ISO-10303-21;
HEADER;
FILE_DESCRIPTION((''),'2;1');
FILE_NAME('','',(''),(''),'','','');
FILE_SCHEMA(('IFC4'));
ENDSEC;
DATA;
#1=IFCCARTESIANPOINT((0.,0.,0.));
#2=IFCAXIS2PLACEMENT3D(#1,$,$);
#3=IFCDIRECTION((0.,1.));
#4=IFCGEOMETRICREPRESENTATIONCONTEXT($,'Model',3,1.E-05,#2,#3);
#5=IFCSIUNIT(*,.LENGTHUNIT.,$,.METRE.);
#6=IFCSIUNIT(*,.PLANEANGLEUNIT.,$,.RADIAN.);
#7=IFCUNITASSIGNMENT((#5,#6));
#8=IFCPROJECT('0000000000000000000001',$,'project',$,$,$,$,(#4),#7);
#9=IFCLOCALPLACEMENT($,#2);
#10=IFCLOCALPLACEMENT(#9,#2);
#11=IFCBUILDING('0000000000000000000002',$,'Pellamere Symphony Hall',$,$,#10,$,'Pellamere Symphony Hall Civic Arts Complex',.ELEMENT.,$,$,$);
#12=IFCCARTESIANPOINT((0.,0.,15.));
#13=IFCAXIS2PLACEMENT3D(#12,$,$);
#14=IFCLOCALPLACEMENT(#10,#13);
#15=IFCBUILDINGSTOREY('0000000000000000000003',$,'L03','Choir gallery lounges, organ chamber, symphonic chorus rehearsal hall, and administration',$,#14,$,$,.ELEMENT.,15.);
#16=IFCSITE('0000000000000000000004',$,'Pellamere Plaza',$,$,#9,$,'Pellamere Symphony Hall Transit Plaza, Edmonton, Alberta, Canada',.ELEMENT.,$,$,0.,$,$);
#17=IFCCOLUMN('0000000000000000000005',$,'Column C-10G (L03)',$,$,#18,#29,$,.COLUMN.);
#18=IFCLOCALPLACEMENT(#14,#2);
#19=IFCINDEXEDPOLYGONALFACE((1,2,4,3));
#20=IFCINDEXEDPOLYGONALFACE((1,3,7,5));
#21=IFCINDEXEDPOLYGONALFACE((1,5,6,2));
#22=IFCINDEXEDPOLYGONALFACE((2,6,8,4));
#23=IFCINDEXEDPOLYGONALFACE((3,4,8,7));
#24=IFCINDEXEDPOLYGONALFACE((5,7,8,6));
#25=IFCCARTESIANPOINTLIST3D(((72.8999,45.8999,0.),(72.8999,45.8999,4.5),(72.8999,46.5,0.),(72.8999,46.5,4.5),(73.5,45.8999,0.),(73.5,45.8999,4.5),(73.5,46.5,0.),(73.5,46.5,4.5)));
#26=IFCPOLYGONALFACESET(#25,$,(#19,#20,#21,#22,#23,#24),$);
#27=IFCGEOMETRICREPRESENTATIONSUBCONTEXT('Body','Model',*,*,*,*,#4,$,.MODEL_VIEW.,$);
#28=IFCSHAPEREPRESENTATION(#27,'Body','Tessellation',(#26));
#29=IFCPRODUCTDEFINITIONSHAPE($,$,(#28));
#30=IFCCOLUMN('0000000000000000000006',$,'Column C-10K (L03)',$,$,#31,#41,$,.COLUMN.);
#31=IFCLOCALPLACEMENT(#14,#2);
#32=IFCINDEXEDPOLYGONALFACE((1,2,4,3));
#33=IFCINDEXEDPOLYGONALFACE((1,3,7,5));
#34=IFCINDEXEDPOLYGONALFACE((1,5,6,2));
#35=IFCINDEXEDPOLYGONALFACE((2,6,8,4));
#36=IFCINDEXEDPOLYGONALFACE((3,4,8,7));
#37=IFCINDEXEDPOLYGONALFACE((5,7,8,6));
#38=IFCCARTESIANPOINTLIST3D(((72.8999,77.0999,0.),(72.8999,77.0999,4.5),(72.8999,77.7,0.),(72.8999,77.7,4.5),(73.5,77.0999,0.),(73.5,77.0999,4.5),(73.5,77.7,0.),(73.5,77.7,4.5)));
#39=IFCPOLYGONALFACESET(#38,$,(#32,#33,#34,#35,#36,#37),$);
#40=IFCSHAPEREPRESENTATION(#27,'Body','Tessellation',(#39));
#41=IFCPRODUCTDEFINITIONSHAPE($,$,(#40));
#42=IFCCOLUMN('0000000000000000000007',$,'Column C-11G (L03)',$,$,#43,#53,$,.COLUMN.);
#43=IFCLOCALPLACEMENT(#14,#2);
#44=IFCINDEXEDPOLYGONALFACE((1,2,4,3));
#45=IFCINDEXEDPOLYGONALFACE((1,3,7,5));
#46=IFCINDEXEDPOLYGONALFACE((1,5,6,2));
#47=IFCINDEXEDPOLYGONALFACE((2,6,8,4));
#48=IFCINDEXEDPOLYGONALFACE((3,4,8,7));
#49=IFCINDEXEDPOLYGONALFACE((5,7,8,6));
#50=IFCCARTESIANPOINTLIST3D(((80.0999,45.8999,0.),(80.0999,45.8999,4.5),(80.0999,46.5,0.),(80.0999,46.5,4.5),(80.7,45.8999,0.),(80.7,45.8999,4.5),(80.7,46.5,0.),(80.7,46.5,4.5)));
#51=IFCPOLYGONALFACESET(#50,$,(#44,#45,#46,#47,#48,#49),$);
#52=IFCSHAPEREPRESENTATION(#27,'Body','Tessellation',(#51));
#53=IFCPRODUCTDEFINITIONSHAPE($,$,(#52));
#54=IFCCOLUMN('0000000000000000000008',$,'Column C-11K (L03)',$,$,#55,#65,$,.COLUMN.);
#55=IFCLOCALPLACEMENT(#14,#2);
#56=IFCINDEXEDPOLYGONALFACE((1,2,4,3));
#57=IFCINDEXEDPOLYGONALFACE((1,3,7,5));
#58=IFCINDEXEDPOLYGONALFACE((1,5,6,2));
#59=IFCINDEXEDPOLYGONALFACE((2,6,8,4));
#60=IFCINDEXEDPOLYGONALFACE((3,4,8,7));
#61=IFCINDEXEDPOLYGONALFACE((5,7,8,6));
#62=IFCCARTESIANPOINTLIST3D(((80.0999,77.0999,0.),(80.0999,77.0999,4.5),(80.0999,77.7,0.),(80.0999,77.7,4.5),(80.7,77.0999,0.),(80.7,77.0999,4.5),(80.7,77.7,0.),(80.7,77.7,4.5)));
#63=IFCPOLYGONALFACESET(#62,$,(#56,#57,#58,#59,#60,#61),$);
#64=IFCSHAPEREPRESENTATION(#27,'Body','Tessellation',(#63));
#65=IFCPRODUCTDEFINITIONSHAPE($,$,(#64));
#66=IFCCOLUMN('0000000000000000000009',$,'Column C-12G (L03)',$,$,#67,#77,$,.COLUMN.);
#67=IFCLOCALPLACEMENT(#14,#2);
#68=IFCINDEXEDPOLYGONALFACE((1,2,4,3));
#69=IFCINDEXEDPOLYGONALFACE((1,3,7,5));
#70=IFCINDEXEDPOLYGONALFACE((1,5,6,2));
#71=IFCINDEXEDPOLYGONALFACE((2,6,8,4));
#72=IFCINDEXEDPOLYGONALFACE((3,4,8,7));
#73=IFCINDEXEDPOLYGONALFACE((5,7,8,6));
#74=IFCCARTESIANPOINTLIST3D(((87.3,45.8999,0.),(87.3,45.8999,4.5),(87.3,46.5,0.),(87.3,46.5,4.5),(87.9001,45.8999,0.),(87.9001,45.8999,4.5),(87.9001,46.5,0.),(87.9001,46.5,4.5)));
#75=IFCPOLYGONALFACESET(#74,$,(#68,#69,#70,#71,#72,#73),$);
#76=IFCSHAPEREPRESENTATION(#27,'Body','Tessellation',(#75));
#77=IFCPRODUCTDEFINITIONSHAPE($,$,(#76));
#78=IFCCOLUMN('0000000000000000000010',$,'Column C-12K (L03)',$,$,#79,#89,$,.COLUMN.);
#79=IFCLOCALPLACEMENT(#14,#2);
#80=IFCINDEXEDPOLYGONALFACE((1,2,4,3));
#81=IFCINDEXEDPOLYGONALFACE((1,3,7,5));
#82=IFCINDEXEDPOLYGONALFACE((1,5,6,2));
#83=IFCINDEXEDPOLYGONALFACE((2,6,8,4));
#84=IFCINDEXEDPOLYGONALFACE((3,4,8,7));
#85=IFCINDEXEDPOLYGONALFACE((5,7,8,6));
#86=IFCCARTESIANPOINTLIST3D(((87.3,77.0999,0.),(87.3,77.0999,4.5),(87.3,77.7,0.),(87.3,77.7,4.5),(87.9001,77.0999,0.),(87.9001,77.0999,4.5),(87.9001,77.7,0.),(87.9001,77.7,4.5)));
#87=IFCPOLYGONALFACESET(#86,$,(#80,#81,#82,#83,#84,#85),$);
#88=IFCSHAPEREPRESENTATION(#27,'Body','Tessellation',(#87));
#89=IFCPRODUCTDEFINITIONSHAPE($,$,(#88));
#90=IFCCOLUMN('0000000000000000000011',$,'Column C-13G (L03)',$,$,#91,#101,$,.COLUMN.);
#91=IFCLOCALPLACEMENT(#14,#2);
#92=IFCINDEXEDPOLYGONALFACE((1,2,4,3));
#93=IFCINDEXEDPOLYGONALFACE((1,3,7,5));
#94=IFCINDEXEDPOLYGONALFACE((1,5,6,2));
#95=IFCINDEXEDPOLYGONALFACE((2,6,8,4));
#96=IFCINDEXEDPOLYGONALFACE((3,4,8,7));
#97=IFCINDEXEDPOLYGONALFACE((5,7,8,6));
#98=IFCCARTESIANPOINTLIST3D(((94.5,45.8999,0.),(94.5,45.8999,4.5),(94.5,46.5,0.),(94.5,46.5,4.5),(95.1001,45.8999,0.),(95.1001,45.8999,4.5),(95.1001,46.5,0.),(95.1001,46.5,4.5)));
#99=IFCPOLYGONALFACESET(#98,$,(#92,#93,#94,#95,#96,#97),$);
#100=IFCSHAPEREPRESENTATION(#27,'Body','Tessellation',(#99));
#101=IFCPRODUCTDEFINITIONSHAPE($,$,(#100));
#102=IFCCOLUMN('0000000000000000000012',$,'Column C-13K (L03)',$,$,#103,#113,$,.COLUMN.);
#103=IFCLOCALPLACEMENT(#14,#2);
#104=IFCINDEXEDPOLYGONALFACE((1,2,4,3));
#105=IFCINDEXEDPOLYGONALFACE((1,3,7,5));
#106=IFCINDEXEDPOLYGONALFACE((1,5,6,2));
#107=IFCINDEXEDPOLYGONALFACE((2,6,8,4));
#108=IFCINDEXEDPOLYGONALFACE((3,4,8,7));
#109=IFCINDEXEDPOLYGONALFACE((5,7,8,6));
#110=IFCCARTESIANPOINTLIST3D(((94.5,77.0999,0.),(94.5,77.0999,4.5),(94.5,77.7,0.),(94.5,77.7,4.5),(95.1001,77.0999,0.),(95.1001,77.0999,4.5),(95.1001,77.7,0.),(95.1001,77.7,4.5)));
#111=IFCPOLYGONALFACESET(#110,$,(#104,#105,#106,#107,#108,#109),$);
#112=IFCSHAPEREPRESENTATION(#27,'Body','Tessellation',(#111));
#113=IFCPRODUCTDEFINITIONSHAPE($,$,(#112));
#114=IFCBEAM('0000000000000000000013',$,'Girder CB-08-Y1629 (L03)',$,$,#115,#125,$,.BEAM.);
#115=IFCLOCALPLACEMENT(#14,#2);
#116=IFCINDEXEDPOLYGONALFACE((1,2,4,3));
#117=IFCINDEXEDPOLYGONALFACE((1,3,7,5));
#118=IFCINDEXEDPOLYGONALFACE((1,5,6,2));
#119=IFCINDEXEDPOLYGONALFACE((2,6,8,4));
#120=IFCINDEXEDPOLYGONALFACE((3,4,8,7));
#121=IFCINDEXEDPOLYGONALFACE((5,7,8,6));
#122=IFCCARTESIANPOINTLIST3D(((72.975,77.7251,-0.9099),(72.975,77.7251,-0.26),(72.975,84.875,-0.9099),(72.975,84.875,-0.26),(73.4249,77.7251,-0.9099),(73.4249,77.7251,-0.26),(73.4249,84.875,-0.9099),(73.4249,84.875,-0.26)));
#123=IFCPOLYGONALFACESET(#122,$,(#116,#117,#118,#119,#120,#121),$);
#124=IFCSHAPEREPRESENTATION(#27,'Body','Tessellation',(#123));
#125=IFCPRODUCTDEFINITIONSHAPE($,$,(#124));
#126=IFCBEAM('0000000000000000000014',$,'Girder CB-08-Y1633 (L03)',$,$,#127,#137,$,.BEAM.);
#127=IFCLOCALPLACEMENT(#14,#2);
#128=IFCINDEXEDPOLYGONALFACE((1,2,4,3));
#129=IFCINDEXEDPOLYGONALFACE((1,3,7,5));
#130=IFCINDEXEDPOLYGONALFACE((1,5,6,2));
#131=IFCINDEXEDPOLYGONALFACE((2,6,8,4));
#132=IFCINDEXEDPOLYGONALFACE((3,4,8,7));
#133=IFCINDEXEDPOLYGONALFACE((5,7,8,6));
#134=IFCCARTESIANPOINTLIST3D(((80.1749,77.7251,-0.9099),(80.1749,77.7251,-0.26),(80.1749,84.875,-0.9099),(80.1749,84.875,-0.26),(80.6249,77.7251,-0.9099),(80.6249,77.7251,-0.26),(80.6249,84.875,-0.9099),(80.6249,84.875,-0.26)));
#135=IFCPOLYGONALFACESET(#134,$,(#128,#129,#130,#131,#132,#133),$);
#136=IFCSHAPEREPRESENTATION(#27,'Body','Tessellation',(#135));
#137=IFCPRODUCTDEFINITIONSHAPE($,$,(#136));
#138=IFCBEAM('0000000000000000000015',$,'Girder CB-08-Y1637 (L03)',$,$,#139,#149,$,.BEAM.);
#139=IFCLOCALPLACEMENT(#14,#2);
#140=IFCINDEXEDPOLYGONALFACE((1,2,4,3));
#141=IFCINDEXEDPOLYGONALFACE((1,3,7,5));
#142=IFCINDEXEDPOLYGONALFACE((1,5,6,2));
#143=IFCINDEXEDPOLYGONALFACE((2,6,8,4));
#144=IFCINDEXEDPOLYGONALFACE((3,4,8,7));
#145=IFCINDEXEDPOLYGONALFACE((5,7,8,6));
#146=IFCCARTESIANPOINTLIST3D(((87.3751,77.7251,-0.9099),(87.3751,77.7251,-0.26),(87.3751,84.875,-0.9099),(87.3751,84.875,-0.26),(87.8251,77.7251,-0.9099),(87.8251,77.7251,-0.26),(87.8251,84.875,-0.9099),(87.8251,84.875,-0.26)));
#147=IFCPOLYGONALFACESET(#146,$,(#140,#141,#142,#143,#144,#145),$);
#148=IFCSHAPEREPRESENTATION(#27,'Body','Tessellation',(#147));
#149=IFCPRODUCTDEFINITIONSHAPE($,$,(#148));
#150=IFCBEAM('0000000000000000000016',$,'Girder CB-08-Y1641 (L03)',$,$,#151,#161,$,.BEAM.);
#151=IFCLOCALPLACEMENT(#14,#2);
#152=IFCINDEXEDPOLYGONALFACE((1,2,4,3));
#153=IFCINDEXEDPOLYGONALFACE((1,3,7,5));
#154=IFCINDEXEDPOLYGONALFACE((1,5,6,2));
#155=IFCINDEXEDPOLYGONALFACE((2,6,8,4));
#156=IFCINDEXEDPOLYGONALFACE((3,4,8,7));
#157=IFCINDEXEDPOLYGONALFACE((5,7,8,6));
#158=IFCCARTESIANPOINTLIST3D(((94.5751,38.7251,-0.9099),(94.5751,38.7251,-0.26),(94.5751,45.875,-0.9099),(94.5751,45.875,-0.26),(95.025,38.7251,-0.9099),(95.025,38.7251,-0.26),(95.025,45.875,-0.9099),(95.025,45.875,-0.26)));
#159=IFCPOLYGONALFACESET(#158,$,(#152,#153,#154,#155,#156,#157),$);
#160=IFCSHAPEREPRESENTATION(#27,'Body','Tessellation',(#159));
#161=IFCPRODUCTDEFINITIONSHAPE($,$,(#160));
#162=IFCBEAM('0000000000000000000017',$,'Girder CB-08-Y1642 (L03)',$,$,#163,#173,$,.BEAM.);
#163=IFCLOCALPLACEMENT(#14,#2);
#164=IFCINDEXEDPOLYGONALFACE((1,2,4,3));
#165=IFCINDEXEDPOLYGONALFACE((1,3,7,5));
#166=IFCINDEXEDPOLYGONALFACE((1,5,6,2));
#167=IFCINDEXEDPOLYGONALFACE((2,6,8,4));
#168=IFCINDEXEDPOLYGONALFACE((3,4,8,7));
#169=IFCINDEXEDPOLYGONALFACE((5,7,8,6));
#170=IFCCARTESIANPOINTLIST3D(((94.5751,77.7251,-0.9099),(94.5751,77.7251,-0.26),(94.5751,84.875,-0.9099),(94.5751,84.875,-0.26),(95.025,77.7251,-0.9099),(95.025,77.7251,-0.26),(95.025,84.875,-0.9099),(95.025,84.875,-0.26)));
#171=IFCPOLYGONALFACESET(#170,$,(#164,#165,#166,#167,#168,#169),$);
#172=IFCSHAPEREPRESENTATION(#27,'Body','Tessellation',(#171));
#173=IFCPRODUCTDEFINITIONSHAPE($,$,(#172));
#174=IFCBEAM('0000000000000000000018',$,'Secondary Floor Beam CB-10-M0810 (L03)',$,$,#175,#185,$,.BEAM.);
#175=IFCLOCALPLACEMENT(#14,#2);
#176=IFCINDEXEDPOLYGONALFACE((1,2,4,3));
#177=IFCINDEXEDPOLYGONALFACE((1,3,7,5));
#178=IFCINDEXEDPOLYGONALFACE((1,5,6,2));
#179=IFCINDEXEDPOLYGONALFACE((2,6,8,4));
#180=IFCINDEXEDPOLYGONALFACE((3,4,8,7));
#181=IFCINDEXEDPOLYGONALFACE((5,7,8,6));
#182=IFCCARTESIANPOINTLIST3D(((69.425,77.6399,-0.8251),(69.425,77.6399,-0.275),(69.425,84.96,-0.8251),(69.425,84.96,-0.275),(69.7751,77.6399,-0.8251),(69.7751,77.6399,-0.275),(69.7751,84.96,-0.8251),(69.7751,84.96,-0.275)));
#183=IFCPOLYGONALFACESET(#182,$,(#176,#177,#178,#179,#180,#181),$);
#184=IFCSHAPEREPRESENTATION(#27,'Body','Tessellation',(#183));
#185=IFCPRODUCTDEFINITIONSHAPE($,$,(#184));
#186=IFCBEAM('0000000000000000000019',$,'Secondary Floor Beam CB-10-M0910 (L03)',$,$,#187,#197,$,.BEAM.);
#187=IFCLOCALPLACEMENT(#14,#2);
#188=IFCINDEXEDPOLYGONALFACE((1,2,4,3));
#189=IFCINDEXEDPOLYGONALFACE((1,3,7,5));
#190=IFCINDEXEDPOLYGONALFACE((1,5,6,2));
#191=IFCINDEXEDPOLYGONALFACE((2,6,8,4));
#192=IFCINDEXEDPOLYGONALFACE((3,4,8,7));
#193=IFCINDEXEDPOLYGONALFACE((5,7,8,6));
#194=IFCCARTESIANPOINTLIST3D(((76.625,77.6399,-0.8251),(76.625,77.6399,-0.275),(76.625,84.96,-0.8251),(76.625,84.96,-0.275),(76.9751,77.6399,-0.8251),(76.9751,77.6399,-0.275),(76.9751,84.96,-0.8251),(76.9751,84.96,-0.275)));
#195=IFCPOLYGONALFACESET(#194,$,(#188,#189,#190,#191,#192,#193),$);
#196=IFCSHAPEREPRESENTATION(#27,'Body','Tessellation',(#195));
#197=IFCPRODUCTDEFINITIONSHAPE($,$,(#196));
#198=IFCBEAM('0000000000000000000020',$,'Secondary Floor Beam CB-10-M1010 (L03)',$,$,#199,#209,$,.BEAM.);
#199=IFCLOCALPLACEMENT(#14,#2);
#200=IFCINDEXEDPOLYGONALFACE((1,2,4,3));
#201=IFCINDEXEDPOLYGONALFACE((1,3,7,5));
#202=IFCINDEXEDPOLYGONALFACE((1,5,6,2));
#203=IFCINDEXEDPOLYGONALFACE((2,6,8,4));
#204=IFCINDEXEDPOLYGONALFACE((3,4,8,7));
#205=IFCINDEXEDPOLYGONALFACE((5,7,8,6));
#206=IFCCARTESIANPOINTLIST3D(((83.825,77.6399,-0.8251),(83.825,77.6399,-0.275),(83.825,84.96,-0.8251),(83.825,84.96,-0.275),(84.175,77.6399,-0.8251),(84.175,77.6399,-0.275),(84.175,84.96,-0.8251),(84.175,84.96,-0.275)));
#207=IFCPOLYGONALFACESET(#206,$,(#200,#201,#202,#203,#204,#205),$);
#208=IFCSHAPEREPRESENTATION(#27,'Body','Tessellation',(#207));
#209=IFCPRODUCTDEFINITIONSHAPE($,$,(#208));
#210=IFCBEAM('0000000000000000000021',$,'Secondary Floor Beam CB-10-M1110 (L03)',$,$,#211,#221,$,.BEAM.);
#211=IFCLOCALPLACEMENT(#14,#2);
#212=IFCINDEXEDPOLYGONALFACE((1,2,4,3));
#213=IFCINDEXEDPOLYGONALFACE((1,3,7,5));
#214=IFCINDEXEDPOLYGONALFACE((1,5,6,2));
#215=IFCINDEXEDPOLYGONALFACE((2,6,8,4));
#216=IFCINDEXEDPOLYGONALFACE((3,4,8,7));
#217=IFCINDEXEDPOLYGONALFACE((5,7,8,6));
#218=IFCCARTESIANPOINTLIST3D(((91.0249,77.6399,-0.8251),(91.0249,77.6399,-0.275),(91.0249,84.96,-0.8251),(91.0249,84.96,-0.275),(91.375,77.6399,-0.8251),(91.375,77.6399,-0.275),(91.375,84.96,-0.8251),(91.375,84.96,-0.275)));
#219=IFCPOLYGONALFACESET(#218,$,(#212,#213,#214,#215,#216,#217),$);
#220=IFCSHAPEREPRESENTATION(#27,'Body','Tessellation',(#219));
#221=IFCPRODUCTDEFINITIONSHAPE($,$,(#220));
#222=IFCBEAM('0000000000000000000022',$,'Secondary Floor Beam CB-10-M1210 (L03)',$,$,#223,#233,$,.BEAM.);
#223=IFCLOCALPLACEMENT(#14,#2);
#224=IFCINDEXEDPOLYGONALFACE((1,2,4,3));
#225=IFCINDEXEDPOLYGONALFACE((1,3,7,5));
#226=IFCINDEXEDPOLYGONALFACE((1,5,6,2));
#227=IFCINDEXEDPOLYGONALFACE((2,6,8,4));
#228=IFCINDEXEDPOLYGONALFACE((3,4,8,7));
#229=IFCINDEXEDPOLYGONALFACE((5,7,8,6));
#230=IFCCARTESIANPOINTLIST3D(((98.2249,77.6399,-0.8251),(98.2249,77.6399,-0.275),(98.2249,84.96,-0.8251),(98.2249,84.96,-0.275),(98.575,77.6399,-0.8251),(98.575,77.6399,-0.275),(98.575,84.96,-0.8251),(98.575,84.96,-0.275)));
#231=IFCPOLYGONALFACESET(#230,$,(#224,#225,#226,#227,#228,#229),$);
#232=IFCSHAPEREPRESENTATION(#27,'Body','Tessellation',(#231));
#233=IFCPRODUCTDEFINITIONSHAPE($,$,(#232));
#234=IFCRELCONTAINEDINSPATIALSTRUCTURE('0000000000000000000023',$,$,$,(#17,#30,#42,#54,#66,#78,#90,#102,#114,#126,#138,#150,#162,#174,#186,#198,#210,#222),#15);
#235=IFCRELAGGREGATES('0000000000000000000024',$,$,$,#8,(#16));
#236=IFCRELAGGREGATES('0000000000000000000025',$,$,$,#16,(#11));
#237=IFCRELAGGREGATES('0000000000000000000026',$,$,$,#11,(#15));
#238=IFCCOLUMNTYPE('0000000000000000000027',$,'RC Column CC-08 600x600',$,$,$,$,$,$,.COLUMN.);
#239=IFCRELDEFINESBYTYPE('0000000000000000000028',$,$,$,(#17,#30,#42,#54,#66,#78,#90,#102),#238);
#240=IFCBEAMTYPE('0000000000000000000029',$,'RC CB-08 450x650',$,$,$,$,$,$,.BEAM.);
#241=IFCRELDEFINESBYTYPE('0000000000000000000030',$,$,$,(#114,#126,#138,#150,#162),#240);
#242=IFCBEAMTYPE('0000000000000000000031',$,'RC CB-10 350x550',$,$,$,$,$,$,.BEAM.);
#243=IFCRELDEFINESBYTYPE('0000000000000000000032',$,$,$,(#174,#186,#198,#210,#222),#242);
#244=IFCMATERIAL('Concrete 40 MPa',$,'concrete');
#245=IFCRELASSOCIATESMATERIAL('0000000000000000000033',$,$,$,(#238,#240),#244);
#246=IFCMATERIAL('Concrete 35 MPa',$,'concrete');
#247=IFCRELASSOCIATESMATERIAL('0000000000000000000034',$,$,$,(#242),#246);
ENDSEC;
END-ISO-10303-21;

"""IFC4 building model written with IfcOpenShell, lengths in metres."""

from ifc_helpers import new_model, si_unit, direction, frame, origin, origin_2d, place, context, subcontext, project, spatial, rectangle, extrude, material, material_profile, profile_set, type_object, element, save


model = new_model("IFC4")

# Units and contexts
model_context = context("Model", 3, precision=1e-05, world=origin(), true_north=direction((0.0, 1.0)))
body_context = subcontext(model_context, "Body", "Model", "MODEL_VIEW")
ifc_project = project(units=[si_unit("LENGTHUNIT", "METRE"), si_unit("PLANEANGLEUNIT", "RADIAN")], contexts=[model_context])

# Site, building, storey
site_placement = place(None, origin())
site = spatial("IfcSite", under=ifc_project, at=site_placement, Name="Pellamere Plaza", LongName="Pellamere Symphony Hall Transit Plaza, Edmonton, Alberta, Canada", CompositionType="ELEMENT", RefElevation=0.0)
building_placement = place(site_placement, origin())
building = spatial("IfcBuilding", under=site, at=building_placement, Name="Pellamere Symphony Hall", LongName="Pellamere Symphony Hall Civic Arts Complex", CompositionType="ELEMENT")
storey_placement = place(building_placement, frame((0.0, 0.0, 15.0)))
storey = spatial("IfcBuildingStorey", under=building, at=storey_placement, Name="L03", Description="Choir gallery lounges, organ chamber, symphonic chorus rehearsal hall, and administration", CompositionType="ELEMENT", Elevation=15.0)

# Columns
ifc_material_1 = material(Name="Concrete 40 MPa", Category="concrete")
ifc_material_profile_1 = material_profile(ifc_material_1, rectangle(XDim=0.6001, YDim=0.6001, at=origin_2d()), Name="RC 600x600")
ifc_profile_set_1 = profile_set([ifc_material_profile_1], Name="Concrete 40 MPa")
column_type = type_object("IfcColumnType", Name="RC Column CC-08 600x600", PredefinedType="COLUMN", material=ifc_profile_set_1)
for number, where, z_axis, x_axis, name in (
    (1, (73.2, 46.2, 0.0), (0.0, 0.0, 1.0), (1.0, 0.0, 0.0), "Column C-10G (L03)"),
    (2, (73.2, 77.3999, 0.0), (0.0, 0.0, 1.0), (1.0, 0.0, 0.0), "Column C-10K (L03)"),
    (3, (80.3999, 46.2, 0.0), (0.0, 0.0, 1.0), (1.0, 0.0, 0.0), "Column C-11G (L03)"),
    (4, (80.3999, 77.3999, 0.0), (0.0, 0.0, 1.0), (1.0, 0.0, 0.0), "Column C-11K (L03)"),
    (5, (87.6001, 46.2, 0.0), (0.0, 0.0, 1.0), (1.0, 0.0, 0.0), "Column C-12G (L03)"),
    (6, (87.6001, 77.3999, 0.0), (0.0, 0.0, 1.0), (1.0, 0.0, 0.0), "Column C-12K (L03)"),
    (7, (94.8, 46.2, 0.0), (0.0, 0.0, 1.0), (1.0, 0.0, 0.0), "Column C-13G (L03)"),
    (8, (94.8, 77.3999, 0.0), (0.0, 0.0, 1.0), (1.0, 0.0, 0.0), "Column C-13K (L03)"),
):
    element("IfcColumn", number, at=place(storey_placement, frame(where, z_axis=z_axis, x_axis=x_axis)), inside=storey, type_object=column_type, Name=name, PredefinedType="COLUMN", context=body_context, shape_type="SweptSolid", body=[
        extrude(rectangle(XDim=0.6001, YDim=0.6001, at=origin_2d()), origin(), (0.0, 0.0, 1.0), 4.5),
    ])

# Beams
ifc_material_profile_2 = material_profile(ifc_material_1, rectangle(XDim=0.45, YDim=0.6499, at=origin_2d()), Name="RC 450x650")
ifc_profile_set_2 = profile_set([ifc_material_profile_2], Name="Concrete 40 MPa")
beam_type_1 = type_object("IfcBeamType", Name="RC CB-08 450x650", PredefinedType="BEAM", material=ifc_profile_set_2)
for number, where, z_axis, x_axis, name in (
    (9, (73.2, 77.7251, -0.585), (0.0, 1.0, 0.0), (-1.0, 0.0, 0.0), "Girder CB-08-Y1629 (L03)"),
    (10, (80.3999, 77.7251, -0.585), (0.0, 1.0, 0.0), (-1.0, 0.0, 0.0), "Girder CB-08-Y1633 (L03)"),
    (11, (87.6001, 77.7251, -0.585), (0.0, 1.0, 0.0), (-1.0, 0.0, 0.0), "Girder CB-08-Y1637 (L03)"),
    (12, (94.8, 38.7251, -0.585), (0.0, 1.0, 0.0), (-1.0, 0.0, 0.0), "Girder CB-08-Y1641 (L03)"),
    (13, (94.8, 77.7251, -0.585), (0.0, 1.0, 0.0), (-1.0, 0.0, 0.0), "Girder CB-08-Y1642 (L03)"),
):
    element("IfcBeam", number, at=place(storey_placement, frame(where, z_axis=z_axis, x_axis=x_axis)), inside=storey, type_object=beam_type_1, Name=name, PredefinedType="BEAM", context=body_context, shape_type="SweptSolid", body=[
        extrude(rectangle(XDim=0.45, YDim=0.6499, at=origin_2d()), origin(), (0.0, 0.0, 1.0), 7.1499),
    ])
ifc_material_2 = material(Name="Concrete 35 MPa", Category="concrete")
ifc_material_profile_3 = material_profile(ifc_material_2, rectangle(XDim=0.3501, YDim=0.55, at=origin_2d()), Name="RC 350x550")
ifc_profile_set_3 = profile_set([ifc_material_profile_3], Name="Concrete 35 MPa")
beam_type_2 = type_object("IfcBeamType", Name="RC CB-10 350x550", PredefinedType="BEAM", material=ifc_profile_set_3)
for number, where, z_axis, x_axis, name in (
    (14, (69.6001, 77.6399, -0.55), (0.0, 1.0, 0.0), (-1.0, 0.0, 0.0), "Secondary Floor Beam CB-10-M0810 (L03)"),
    (15, (76.8, 77.6399, -0.55), (0.0, 1.0, 0.0), (-1.0, 0.0, 0.0), "Secondary Floor Beam CB-10-M0910 (L03)"),
    (16, (84.0, 77.6399, -0.55), (0.0, 1.0, 0.0), (-1.0, 0.0, 0.0), "Secondary Floor Beam CB-10-M1010 (L03)"),
    (17, (91.2, 77.6399, -0.55), (0.0, 1.0, 0.0), (-1.0, 0.0, 0.0), "Secondary Floor Beam CB-10-M1110 (L03)"),
    (18, (98.3999, 77.6399, -0.55), (0.0, 1.0, 0.0), (-1.0, 0.0, 0.0), "Secondary Floor Beam CB-10-M1210 (L03)"),
):
    element("IfcBeam", number, at=place(storey_placement, frame(where, z_axis=z_axis, x_axis=x_axis)), inside=storey, type_object=beam_type_2, Name=name, PredefinedType="BEAM", context=body_context, shape_type="SweptSolid", body=[
        extrude(rectangle(XDim=0.3501, YDim=0.55, at=origin_2d()), origin(), (0.0, 0.0, 1.0), 7.3201),
    ])

save(model, "model.ifc")
